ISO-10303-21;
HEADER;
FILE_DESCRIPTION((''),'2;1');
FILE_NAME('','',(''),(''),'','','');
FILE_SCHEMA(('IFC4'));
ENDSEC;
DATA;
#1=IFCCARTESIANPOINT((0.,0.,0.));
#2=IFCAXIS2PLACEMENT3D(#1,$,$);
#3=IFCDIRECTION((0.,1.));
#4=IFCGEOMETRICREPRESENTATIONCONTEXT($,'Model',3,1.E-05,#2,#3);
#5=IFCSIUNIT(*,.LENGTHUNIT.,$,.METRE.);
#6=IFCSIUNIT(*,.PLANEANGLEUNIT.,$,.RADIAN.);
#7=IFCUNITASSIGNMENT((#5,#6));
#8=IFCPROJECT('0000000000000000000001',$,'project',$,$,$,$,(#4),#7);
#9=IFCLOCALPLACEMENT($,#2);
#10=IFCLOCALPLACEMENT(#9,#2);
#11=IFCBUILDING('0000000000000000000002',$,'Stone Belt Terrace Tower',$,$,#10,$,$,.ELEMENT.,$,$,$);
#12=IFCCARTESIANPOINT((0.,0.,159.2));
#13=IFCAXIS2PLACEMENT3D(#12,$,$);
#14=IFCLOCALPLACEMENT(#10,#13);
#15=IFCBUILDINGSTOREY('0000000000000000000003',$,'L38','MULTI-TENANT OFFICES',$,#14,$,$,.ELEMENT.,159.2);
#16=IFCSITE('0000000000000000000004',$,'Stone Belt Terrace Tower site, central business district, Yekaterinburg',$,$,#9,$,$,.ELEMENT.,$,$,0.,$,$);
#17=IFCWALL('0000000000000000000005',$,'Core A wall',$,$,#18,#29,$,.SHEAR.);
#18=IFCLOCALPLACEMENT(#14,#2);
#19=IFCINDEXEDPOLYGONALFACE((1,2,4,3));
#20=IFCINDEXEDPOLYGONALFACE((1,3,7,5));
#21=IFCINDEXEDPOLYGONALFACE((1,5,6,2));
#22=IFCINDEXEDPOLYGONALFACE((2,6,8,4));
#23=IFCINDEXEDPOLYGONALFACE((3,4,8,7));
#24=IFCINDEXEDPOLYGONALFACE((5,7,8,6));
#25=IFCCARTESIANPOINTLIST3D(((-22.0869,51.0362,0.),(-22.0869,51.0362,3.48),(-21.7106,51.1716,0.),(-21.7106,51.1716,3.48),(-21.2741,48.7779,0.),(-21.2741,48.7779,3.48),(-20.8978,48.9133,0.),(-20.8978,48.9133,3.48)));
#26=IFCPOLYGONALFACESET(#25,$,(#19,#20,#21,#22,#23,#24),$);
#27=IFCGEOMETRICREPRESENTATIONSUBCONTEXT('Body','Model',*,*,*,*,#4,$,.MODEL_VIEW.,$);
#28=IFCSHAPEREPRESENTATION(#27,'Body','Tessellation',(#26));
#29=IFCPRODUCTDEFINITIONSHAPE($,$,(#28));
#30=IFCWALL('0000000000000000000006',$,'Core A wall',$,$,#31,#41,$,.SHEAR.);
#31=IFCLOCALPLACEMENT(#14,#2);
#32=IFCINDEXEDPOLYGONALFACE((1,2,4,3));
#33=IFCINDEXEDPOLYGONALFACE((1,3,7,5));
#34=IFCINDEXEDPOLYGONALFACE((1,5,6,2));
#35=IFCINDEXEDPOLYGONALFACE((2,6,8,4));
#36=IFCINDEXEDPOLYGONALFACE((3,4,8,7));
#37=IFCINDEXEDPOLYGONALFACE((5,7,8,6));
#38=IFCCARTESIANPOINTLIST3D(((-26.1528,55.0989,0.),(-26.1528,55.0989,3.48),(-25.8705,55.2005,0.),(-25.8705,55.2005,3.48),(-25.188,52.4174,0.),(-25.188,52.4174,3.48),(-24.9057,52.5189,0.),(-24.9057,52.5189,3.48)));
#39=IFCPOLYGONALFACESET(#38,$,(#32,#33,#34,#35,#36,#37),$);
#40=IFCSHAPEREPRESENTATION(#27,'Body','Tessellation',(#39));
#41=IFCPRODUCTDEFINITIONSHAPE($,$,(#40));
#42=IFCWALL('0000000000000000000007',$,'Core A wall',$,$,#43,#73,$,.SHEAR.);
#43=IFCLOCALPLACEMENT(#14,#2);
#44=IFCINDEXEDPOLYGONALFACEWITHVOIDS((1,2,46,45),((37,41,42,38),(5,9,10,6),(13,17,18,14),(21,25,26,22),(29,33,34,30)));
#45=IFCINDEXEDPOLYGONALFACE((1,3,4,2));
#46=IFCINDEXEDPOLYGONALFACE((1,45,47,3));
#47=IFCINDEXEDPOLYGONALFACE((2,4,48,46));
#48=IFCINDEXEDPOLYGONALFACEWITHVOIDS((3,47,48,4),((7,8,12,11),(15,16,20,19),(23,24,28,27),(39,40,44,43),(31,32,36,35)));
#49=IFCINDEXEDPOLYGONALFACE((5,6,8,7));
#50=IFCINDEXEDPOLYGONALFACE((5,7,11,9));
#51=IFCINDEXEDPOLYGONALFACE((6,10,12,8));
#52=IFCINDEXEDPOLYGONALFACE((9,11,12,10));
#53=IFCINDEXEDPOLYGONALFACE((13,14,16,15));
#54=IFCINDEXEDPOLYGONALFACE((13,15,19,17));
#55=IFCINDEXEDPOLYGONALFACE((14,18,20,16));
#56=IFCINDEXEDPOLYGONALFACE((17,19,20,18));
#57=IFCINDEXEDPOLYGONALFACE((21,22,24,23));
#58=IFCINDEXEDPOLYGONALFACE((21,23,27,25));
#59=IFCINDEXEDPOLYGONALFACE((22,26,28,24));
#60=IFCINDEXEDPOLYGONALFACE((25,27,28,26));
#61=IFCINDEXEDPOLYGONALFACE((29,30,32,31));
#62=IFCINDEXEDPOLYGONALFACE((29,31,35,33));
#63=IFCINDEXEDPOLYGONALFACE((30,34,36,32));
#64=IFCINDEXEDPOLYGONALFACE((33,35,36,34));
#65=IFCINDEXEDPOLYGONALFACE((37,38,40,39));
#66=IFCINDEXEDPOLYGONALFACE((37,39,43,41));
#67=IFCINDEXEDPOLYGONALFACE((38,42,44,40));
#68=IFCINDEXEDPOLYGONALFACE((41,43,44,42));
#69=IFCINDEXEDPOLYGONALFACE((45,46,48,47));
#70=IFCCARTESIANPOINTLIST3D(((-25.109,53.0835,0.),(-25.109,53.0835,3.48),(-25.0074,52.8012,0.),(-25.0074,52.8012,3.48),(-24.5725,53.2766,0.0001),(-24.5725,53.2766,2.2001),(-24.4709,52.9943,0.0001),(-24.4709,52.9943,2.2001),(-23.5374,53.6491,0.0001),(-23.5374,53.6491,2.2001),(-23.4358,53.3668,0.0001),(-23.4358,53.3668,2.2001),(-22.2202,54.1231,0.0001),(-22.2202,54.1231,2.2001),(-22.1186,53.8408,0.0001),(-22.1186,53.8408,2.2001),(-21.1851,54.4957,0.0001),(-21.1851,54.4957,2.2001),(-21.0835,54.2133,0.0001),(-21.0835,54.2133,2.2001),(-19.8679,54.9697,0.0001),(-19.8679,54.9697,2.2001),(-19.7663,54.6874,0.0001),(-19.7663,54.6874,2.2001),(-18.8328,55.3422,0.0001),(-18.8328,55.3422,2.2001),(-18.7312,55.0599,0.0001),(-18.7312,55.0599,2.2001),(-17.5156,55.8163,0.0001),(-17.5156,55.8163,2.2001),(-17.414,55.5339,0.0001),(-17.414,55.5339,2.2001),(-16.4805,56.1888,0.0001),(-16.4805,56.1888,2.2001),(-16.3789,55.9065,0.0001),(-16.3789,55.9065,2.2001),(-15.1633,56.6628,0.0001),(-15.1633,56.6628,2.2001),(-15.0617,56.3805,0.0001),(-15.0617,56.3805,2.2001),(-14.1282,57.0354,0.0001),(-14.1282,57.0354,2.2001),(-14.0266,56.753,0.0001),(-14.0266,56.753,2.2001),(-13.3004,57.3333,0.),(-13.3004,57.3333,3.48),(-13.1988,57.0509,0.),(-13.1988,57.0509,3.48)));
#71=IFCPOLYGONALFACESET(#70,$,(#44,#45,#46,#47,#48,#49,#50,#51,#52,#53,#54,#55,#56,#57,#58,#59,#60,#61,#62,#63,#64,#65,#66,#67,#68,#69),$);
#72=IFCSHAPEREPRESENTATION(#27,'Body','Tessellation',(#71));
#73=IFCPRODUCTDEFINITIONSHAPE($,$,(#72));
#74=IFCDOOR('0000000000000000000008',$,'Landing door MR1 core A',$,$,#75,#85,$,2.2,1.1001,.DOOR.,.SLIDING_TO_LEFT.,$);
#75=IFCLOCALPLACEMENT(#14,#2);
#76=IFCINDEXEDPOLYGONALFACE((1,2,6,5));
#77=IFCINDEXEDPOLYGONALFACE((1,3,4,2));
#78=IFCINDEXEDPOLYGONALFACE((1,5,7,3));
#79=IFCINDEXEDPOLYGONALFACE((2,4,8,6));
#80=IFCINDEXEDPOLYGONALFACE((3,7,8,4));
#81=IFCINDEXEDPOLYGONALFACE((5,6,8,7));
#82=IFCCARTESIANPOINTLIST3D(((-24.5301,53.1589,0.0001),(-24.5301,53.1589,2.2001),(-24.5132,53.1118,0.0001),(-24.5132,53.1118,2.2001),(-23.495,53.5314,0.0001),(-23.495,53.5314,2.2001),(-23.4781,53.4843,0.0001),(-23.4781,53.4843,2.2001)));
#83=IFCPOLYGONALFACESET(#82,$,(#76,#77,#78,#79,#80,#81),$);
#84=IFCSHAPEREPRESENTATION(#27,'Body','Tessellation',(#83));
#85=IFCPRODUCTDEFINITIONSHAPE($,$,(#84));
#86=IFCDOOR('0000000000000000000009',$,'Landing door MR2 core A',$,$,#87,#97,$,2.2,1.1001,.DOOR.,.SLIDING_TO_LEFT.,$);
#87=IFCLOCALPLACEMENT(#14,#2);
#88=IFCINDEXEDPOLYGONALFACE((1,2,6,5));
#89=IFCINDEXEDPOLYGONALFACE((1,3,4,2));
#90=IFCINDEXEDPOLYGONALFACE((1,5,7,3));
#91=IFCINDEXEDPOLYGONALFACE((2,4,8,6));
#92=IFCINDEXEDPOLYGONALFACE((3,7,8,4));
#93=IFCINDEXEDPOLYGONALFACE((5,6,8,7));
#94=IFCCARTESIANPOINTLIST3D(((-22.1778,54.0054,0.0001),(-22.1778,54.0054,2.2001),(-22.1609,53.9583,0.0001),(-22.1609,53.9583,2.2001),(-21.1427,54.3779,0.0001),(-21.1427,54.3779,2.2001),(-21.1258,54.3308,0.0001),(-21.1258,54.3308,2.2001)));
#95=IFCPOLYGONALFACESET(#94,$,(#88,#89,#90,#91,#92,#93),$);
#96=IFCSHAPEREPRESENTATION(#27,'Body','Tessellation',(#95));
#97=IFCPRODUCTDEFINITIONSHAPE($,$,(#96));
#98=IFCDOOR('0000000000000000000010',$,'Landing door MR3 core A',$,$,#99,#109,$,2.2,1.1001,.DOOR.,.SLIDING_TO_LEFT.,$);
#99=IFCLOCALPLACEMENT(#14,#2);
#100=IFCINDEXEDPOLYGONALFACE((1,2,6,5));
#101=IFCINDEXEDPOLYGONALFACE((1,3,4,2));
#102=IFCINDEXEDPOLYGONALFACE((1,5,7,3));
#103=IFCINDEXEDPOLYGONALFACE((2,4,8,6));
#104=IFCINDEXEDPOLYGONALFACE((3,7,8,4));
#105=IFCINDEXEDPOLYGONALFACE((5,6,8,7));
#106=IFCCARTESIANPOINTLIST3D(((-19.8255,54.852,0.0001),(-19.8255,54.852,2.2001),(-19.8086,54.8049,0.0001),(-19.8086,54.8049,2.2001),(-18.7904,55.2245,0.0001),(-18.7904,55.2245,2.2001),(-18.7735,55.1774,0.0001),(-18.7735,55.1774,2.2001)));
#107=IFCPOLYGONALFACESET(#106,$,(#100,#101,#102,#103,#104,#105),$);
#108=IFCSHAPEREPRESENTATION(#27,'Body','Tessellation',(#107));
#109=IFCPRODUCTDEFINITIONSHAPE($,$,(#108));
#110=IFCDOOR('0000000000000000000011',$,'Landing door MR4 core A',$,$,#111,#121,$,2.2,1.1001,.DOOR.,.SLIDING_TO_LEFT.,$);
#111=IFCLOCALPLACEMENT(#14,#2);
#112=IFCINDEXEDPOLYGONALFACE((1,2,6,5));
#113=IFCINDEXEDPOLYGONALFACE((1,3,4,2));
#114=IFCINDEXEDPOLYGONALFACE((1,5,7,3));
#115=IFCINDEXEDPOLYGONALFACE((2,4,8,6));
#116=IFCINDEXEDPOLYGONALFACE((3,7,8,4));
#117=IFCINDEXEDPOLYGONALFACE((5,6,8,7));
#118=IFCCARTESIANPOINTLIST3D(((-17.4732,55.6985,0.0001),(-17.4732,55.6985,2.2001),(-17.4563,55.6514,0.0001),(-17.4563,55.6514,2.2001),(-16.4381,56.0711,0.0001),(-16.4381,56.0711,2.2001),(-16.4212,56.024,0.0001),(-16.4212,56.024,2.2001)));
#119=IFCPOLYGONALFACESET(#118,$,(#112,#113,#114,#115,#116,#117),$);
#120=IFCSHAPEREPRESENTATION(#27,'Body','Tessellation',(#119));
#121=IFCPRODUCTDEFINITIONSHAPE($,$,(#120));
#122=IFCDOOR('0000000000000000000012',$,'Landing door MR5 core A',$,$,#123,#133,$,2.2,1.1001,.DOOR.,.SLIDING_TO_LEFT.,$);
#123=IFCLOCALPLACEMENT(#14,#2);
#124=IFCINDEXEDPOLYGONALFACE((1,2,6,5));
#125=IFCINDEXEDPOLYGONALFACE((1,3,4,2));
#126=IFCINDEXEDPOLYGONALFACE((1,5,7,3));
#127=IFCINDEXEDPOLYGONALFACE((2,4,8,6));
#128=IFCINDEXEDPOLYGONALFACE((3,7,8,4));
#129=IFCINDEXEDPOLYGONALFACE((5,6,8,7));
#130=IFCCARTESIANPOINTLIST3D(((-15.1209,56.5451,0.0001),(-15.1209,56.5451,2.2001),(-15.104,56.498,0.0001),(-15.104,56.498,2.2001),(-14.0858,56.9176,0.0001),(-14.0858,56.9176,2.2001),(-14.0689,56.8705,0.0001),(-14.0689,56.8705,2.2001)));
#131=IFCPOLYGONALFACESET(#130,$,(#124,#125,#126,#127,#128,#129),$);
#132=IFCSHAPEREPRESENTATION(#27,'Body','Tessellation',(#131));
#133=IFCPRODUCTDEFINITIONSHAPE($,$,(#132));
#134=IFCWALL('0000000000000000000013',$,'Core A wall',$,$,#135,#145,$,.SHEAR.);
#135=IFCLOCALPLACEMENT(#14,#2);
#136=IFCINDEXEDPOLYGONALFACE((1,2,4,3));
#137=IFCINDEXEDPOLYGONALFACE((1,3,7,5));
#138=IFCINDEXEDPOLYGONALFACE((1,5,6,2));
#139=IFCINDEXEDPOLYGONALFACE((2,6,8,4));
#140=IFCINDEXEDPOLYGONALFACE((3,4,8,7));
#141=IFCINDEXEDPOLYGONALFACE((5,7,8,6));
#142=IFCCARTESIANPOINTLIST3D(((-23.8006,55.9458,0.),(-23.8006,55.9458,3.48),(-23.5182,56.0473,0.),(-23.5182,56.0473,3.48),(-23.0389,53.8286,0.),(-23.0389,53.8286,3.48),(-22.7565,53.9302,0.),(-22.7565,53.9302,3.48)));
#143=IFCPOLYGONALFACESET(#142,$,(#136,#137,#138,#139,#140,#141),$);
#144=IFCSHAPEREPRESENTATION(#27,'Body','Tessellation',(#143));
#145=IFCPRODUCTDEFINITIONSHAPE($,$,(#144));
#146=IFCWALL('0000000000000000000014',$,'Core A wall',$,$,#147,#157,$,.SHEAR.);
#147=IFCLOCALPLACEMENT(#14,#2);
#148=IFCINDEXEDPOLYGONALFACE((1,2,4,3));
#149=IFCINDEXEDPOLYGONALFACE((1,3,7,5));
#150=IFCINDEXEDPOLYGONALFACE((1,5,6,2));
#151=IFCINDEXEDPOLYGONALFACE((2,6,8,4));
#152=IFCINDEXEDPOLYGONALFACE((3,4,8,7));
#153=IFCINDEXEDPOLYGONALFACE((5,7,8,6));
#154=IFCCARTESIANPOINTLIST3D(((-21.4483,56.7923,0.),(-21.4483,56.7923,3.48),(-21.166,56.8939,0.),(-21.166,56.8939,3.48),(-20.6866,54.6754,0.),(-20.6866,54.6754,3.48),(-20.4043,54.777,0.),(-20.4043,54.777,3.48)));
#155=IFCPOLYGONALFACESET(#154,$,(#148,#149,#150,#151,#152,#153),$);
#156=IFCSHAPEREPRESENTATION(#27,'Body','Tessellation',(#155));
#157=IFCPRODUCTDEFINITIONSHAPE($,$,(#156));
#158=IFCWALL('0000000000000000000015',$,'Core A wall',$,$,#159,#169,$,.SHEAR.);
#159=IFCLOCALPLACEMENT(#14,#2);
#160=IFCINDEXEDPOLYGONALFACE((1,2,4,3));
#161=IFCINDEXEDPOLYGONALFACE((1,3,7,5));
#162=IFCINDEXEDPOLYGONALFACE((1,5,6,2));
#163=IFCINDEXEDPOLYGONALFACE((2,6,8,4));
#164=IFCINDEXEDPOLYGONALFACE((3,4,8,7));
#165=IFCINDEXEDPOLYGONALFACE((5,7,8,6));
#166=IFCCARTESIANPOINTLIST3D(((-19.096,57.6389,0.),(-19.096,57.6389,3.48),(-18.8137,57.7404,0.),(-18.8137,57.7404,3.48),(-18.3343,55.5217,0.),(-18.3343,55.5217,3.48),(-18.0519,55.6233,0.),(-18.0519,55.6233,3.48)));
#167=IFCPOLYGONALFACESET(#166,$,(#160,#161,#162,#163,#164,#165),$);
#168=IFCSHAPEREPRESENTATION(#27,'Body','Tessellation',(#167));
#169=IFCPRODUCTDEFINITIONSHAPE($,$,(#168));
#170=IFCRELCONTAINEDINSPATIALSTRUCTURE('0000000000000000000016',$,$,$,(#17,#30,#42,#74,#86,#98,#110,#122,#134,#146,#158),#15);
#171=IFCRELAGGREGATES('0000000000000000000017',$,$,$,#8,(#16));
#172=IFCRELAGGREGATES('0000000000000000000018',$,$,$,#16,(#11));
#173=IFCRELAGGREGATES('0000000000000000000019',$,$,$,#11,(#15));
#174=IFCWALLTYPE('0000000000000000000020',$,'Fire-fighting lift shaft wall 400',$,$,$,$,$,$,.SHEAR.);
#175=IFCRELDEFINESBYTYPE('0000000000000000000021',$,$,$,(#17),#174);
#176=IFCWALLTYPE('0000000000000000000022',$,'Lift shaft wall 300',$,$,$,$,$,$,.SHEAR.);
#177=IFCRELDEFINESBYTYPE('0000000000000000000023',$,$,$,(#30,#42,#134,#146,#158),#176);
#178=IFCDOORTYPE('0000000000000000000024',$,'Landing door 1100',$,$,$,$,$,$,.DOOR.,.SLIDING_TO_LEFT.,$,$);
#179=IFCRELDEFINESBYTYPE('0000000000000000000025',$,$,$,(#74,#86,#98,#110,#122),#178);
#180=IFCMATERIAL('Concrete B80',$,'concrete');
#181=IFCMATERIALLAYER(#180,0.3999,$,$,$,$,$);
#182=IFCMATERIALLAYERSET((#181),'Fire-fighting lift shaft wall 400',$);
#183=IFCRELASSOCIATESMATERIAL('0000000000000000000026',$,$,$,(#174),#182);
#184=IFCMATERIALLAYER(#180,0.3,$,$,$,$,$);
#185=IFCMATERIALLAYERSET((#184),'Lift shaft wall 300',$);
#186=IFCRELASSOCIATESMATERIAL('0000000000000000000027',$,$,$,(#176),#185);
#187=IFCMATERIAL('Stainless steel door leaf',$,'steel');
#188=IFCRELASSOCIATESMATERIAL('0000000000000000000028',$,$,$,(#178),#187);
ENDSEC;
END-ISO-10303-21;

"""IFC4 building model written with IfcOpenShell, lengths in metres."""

from ifc_helpers import new_model, si_unit, direction, frame, frame_2d, origin, place, context, subcontext, project, spatial, rectangle, extrude, material, layer, layer_set, type_object, element, fill, save


model = new_model("IFC4")

# Units and contexts
model_context = context("Model", 3, precision=1e-05, world=origin(), true_north=direction((0.0, 1.0)))
body_context = subcontext(model_context, "Body", "Model", "MODEL_VIEW")
ifc_project = project(units=[si_unit("LENGTHUNIT", "METRE"), si_unit("PLANEANGLEUNIT", "RADIAN")], contexts=[model_context])

# Site, building, storey
site_placement = place(None, origin())
site = spatial("IfcSite", under=ifc_project, at=site_placement, Name="Stone Belt Terrace Tower site, central business district, Yekaterinburg", CompositionType="ELEMENT", RefElevation=0.0)
building_placement = place(site_placement, origin())
building = spatial("IfcBuilding", under=site, at=building_placement, Name="Stone Belt Terrace Tower", CompositionType="ELEMENT")
storey_placement = place(building_placement, frame((0.0, 0.0, 159.2)))
storey = spatial("IfcBuildingStorey", under=building, at=storey_placement, Name="L38", Description="MULTI-TENANT OFFICES", CompositionType="ELEMENT", Elevation=159.2)

# Shared definitions
ifc_material_1 = material(Name="Concrete B80", Category="concrete")

# Walls
ifc_layer_1 = layer(ifc_material_1, 0.3999)
ifc_layer_set_1 = layer_set([ifc_layer_1], Name="Fire-fighting lift shaft wall 400")
wall_type_1 = type_object("IfcWallType", Name="Fire-fighting lift shaft wall 400", PredefinedType="SHEAR", material=ifc_layer_set_1)
wall_1_placement = place(storey_placement, frame((-21.0859, 48.8455, 0.0), z_axis=(0.0, 0.0, 1.0), x_axis=(-0.338629, 0.94092, 0.0)))
element("IfcWall", 1, at=wall_1_placement, inside=storey, type_object=wall_type_1, Name="Core A wall", PredefinedType="SHEAR", context=body_context, shape_type="SweptSolid", body=[
    extrude(rectangle(XDim=2.4001, YDim=0.3999, at=frame_2d((1.2002, 0.0))), origin(), (0.0, 0.0, 1.0), 3.48),
])
ifc_layer_2 = layer(ifc_material_1, 0.3)
ifc_layer_set_2 = layer_set([ifc_layer_2], Name="Lift shaft wall 300")
wall_type_2 = type_object("IfcWallType", Name="Lift shaft wall 300", PredefinedType="SHEAR", material=ifc_layer_set_2)
wall_2_placement = place(storey_placement, frame((-25.0469, 52.4683, 0.0), z_axis=(0.0, 0.0, 1.0), x_axis=(-0.33855, 0.940949, 0.0)))
element("IfcWall", 2, at=wall_2_placement, inside=storey, type_object=wall_type_2, Name="Core A wall", PredefinedType="SHEAR", context=body_context, shape_type="SweptSolid", body=[
    extrude(rectangle(XDim=2.8499, YDim=0.3, at=frame_2d((1.4248, 0.0))), origin(), (0.0, 0.0, 1.0), 3.48),
])

# Wall, openings, doors
wall_3_placement = place(storey_placement, frame((-25.0581, 52.9424, 0.0), z_axis=(0.0, 0.0, 1.0), x_axis=(0.940921, 0.338625, 0.0)))
wall_3 = element("IfcWall", 3, at=wall_3_placement, inside=storey, type_object=wall_type_2, Name="Core A wall", PredefinedType="SHEAR", context=body_context, shape_type="SweptSolid", body=[
    extrude(rectangle(XDim=12.55, YDim=0.3, at=frame_2d((6.2749, 0.0))), origin(), (0.0, 0.0, 1.0), 3.48),
])
opening_1_placement = place(wall_3_placement, frame((0.5701, 0.0, 0.0)))
opening_1 = element("IfcOpeningElement", 4, at=opening_1_placement, cuts=wall_3, PredefinedType="OPENING", context=body_context, shape_type="SweptSolid", body=[
    extrude(rectangle(XDim=1.1001, YDim=2.2, at=frame_2d((0.55, 1.1001))), frame((0.0, 0.1599, 0.0), z_axis=(0.0, -1.0, 0.0), x_axis=(1.0, 0.0, 0.0)), (0.0, 0.0, 1.0), 0.3201),
])
opening_2_placement = place(wall_3_placement, frame((3.0701, 0.0, 0.0)))
opening_2 = element("IfcOpeningElement", 5, at=opening_2_placement, cuts=wall_3, PredefinedType="OPENING", context=body_context, shape_type="SweptSolid", body=[
    extrude(rectangle(XDim=1.1001, YDim=2.2, at=frame_2d((0.55, 1.1001))), frame((0.0, 0.1599, 0.0), z_axis=(0.0, -1.0, 0.0), x_axis=(1.0, 0.0, 0.0)), (0.0, 0.0, 1.0), 0.3201),
])
opening_3_placement = place(wall_3_placement, frame((5.5701, 0.0, 0.0)))
opening_3 = element("IfcOpeningElement", 6, at=opening_3_placement, cuts=wall_3, PredefinedType="OPENING", context=body_context, shape_type="SweptSolid", body=[
    extrude(rectangle(XDim=1.1001, YDim=2.2, at=frame_2d((0.55, 1.1001))), frame((0.0, 0.1599, 0.0), z_axis=(0.0, -1.0, 0.0), x_axis=(1.0, 0.0, 0.0)), (0.0, 0.0, 1.0), 0.3201),
])
opening_4_placement = place(wall_3_placement, frame((8.0701, 0.0, 0.0)))
opening_4 = element("IfcOpeningElement", 7, at=opening_4_placement, cuts=wall_3, PredefinedType="OPENING", context=body_context, shape_type="SweptSolid", body=[
    extrude(rectangle(XDim=1.1001, YDim=2.2, at=frame_2d((0.55, 1.1001))), frame((0.0, 0.1599, 0.0), z_axis=(0.0, -1.0, 0.0), x_axis=(1.0, 0.0, 0.0)), (0.0, 0.0, 1.0), 0.3201),
])
opening_5_placement = place(wall_3_placement, frame((10.5701, 0.0, 0.0)))
opening_5 = element("IfcOpeningElement", 8, at=opening_5_placement, cuts=wall_3, PredefinedType="OPENING", context=body_context, shape_type="SweptSolid", body=[
    extrude(rectangle(XDim=1.1001, YDim=2.2, at=frame_2d((0.55, 1.1001))), frame((0.0, 0.1599, 0.0), z_axis=(0.0, -1.0, 0.0), x_axis=(1.0, 0.0, 0.0)), (0.0, 0.0, 1.0), 0.3201),
])
ifc_material_2 = material(Name="Stainless steel door leaf", Category="steel")
door_type_1 = type_object("IfcDoorType", Name="Landing door 1100", OperationType="SLIDING_TO_LEFT", PredefinedType="DOOR", material=ifc_material_2)
door_1_placement = place(opening_1_placement, origin())
door_1 = element("IfcDoor", 9, at=door_1_placement, inside=storey, type_object=door_type_1, Name="Landing door MR1 core A", OperationType="SLIDING_TO_LEFT", OverallHeight=2.2, OverallWidth=1.1001, PredefinedType="DOOR", context=body_context, shape_type="SweptSolid", body=[
    extrude(rectangle(XDim=1.1001, YDim=2.2, at=frame_2d((0.55, 1.1001))), frame((0.0, 0.0249, 0.0), z_axis=(0.0, -1.0, 0.0), x_axis=(1.0, 0.0, 0.0)), (0.0, 0.0, 1.0), 0.05),
])
fill(opening_1, door_1)
door_2_placement = place(opening_2_placement, origin())
door_2 = element("IfcDoor", 10, at=door_2_placement, inside=storey, type_object=door_type_1, Name="Landing door MR2 core A", OperationType="SLIDING_TO_LEFT", OverallHeight=2.2, OverallWidth=1.1001, PredefinedType="DOOR", context=body_context, shape_type="SweptSolid", body=[
    extrude(rectangle(XDim=1.1001, YDim=2.2, at=frame_2d((0.55, 1.1001))), frame((0.0, 0.0249, 0.0), z_axis=(0.0, -1.0, 0.0), x_axis=(1.0, 0.0, 0.0)), (0.0, 0.0, 1.0), 0.05),
])
fill(opening_2, door_2)
door_3_placement = place(opening_3_placement, origin())
door_3 = element("IfcDoor", 11, at=door_3_placement, inside=storey, type_object=door_type_1, Name="Landing door MR3 core A", OperationType="SLIDING_TO_LEFT", OverallHeight=2.2, OverallWidth=1.1001, PredefinedType="DOOR", context=body_context, shape_type="SweptSolid", body=[
    extrude(rectangle(XDim=1.1001, YDim=2.2, at=frame_2d((0.55, 1.1001))), frame((0.0, 0.0249, 0.0), z_axis=(0.0, -1.0, 0.0), x_axis=(1.0, 0.0, 0.0)), (0.0, 0.0, 1.0), 0.05),
])
fill(opening_3, door_3)
door_4_placement = place(opening_4_placement, origin())
door_4 = element("IfcDoor", 12, at=door_4_placement, inside=storey, type_object=door_type_1, Name="Landing door MR4 core A", OperationType="SLIDING_TO_LEFT", OverallHeight=2.2, OverallWidth=1.1001, PredefinedType="DOOR", context=body_context, shape_type="SweptSolid", body=[
    extrude(rectangle(XDim=1.1001, YDim=2.2, at=frame_2d((0.55, 1.1001))), frame((0.0, 0.0249, 0.0), z_axis=(0.0, -1.0, 0.0), x_axis=(1.0, 0.0, 0.0)), (0.0, 0.0, 1.0), 0.05),
])
fill(opening_4, door_4)
door_5_placement = place(opening_5_placement, origin())
door_5 = element("IfcDoor", 13, at=door_5_placement, inside=storey, type_object=door_type_1, Name="Landing door MR5 core A", OperationType="SLIDING_TO_LEFT", OverallHeight=2.2, OverallWidth=1.1001, PredefinedType="DOOR", context=body_context, shape_type="SweptSolid", body=[
    extrude(rectangle(XDim=1.1001, YDim=2.2, at=frame_2d((0.55, 1.1001))), frame((0.0, 0.0249, 0.0), z_axis=(0.0, -1.0, 0.0), x_axis=(1.0, 0.0, 0.0)), (0.0, 0.0, 1.0), 0.05),
])
fill(opening_5, door_5)

# Walls
wall_4_placement = place(storey_placement, frame((-22.8977, 53.8794, 0.0), z_axis=(0.0, 0.0, 1.0), x_axis=(-0.338535, 0.940954, 0.0)))
element("IfcWall", 14, at=wall_4_placement, inside=storey, type_object=wall_type_2, Name="Core A wall", PredefinedType="SHEAR", context=body_context, shape_type="SweptSolid", body=[
    extrude(rectangle(XDim=2.25, YDim=0.3, at=frame_2d((1.125, 0.0))), origin(), (0.0, 0.0, 1.0), 3.48),
])
wall_5_placement = place(storey_placement, frame((-20.5454, 54.7261, 0.0), z_axis=(0.0, 0.0, 1.0), x_axis=(-0.33857, 0.940941, 0.0)))
element("IfcWall", 15, at=wall_5_placement, inside=storey, type_object=wall_type_2, Name="Core A wall", PredefinedType="SHEAR", context=body_context, shape_type="SweptSolid", body=[
    extrude(rectangle(XDim=2.2498, YDim=0.3, at=frame_2d((1.125, 0.0))), origin(), (0.0, 0.0, 1.0), 3.48),
])
wall_6_placement = place(storey_placement, frame((-18.1931, 55.5725, 0.0), z_axis=(0.0, 0.0, 1.0), x_axis=(-0.338535, 0.940954, 0.0)))
element("IfcWall", 16, at=wall_6_placement, inside=storey, type_object=wall_type_2, Name="Core A wall", PredefinedType="SHEAR", context=body_context, shape_type="SweptSolid", body=[
    extrude(rectangle(XDim=2.25, YDim=0.3, at=frame_2d((1.125, 0.0))), origin(), (0.0, 0.0, 1.0), 3.48),
])

save(model, "model.ifc")
